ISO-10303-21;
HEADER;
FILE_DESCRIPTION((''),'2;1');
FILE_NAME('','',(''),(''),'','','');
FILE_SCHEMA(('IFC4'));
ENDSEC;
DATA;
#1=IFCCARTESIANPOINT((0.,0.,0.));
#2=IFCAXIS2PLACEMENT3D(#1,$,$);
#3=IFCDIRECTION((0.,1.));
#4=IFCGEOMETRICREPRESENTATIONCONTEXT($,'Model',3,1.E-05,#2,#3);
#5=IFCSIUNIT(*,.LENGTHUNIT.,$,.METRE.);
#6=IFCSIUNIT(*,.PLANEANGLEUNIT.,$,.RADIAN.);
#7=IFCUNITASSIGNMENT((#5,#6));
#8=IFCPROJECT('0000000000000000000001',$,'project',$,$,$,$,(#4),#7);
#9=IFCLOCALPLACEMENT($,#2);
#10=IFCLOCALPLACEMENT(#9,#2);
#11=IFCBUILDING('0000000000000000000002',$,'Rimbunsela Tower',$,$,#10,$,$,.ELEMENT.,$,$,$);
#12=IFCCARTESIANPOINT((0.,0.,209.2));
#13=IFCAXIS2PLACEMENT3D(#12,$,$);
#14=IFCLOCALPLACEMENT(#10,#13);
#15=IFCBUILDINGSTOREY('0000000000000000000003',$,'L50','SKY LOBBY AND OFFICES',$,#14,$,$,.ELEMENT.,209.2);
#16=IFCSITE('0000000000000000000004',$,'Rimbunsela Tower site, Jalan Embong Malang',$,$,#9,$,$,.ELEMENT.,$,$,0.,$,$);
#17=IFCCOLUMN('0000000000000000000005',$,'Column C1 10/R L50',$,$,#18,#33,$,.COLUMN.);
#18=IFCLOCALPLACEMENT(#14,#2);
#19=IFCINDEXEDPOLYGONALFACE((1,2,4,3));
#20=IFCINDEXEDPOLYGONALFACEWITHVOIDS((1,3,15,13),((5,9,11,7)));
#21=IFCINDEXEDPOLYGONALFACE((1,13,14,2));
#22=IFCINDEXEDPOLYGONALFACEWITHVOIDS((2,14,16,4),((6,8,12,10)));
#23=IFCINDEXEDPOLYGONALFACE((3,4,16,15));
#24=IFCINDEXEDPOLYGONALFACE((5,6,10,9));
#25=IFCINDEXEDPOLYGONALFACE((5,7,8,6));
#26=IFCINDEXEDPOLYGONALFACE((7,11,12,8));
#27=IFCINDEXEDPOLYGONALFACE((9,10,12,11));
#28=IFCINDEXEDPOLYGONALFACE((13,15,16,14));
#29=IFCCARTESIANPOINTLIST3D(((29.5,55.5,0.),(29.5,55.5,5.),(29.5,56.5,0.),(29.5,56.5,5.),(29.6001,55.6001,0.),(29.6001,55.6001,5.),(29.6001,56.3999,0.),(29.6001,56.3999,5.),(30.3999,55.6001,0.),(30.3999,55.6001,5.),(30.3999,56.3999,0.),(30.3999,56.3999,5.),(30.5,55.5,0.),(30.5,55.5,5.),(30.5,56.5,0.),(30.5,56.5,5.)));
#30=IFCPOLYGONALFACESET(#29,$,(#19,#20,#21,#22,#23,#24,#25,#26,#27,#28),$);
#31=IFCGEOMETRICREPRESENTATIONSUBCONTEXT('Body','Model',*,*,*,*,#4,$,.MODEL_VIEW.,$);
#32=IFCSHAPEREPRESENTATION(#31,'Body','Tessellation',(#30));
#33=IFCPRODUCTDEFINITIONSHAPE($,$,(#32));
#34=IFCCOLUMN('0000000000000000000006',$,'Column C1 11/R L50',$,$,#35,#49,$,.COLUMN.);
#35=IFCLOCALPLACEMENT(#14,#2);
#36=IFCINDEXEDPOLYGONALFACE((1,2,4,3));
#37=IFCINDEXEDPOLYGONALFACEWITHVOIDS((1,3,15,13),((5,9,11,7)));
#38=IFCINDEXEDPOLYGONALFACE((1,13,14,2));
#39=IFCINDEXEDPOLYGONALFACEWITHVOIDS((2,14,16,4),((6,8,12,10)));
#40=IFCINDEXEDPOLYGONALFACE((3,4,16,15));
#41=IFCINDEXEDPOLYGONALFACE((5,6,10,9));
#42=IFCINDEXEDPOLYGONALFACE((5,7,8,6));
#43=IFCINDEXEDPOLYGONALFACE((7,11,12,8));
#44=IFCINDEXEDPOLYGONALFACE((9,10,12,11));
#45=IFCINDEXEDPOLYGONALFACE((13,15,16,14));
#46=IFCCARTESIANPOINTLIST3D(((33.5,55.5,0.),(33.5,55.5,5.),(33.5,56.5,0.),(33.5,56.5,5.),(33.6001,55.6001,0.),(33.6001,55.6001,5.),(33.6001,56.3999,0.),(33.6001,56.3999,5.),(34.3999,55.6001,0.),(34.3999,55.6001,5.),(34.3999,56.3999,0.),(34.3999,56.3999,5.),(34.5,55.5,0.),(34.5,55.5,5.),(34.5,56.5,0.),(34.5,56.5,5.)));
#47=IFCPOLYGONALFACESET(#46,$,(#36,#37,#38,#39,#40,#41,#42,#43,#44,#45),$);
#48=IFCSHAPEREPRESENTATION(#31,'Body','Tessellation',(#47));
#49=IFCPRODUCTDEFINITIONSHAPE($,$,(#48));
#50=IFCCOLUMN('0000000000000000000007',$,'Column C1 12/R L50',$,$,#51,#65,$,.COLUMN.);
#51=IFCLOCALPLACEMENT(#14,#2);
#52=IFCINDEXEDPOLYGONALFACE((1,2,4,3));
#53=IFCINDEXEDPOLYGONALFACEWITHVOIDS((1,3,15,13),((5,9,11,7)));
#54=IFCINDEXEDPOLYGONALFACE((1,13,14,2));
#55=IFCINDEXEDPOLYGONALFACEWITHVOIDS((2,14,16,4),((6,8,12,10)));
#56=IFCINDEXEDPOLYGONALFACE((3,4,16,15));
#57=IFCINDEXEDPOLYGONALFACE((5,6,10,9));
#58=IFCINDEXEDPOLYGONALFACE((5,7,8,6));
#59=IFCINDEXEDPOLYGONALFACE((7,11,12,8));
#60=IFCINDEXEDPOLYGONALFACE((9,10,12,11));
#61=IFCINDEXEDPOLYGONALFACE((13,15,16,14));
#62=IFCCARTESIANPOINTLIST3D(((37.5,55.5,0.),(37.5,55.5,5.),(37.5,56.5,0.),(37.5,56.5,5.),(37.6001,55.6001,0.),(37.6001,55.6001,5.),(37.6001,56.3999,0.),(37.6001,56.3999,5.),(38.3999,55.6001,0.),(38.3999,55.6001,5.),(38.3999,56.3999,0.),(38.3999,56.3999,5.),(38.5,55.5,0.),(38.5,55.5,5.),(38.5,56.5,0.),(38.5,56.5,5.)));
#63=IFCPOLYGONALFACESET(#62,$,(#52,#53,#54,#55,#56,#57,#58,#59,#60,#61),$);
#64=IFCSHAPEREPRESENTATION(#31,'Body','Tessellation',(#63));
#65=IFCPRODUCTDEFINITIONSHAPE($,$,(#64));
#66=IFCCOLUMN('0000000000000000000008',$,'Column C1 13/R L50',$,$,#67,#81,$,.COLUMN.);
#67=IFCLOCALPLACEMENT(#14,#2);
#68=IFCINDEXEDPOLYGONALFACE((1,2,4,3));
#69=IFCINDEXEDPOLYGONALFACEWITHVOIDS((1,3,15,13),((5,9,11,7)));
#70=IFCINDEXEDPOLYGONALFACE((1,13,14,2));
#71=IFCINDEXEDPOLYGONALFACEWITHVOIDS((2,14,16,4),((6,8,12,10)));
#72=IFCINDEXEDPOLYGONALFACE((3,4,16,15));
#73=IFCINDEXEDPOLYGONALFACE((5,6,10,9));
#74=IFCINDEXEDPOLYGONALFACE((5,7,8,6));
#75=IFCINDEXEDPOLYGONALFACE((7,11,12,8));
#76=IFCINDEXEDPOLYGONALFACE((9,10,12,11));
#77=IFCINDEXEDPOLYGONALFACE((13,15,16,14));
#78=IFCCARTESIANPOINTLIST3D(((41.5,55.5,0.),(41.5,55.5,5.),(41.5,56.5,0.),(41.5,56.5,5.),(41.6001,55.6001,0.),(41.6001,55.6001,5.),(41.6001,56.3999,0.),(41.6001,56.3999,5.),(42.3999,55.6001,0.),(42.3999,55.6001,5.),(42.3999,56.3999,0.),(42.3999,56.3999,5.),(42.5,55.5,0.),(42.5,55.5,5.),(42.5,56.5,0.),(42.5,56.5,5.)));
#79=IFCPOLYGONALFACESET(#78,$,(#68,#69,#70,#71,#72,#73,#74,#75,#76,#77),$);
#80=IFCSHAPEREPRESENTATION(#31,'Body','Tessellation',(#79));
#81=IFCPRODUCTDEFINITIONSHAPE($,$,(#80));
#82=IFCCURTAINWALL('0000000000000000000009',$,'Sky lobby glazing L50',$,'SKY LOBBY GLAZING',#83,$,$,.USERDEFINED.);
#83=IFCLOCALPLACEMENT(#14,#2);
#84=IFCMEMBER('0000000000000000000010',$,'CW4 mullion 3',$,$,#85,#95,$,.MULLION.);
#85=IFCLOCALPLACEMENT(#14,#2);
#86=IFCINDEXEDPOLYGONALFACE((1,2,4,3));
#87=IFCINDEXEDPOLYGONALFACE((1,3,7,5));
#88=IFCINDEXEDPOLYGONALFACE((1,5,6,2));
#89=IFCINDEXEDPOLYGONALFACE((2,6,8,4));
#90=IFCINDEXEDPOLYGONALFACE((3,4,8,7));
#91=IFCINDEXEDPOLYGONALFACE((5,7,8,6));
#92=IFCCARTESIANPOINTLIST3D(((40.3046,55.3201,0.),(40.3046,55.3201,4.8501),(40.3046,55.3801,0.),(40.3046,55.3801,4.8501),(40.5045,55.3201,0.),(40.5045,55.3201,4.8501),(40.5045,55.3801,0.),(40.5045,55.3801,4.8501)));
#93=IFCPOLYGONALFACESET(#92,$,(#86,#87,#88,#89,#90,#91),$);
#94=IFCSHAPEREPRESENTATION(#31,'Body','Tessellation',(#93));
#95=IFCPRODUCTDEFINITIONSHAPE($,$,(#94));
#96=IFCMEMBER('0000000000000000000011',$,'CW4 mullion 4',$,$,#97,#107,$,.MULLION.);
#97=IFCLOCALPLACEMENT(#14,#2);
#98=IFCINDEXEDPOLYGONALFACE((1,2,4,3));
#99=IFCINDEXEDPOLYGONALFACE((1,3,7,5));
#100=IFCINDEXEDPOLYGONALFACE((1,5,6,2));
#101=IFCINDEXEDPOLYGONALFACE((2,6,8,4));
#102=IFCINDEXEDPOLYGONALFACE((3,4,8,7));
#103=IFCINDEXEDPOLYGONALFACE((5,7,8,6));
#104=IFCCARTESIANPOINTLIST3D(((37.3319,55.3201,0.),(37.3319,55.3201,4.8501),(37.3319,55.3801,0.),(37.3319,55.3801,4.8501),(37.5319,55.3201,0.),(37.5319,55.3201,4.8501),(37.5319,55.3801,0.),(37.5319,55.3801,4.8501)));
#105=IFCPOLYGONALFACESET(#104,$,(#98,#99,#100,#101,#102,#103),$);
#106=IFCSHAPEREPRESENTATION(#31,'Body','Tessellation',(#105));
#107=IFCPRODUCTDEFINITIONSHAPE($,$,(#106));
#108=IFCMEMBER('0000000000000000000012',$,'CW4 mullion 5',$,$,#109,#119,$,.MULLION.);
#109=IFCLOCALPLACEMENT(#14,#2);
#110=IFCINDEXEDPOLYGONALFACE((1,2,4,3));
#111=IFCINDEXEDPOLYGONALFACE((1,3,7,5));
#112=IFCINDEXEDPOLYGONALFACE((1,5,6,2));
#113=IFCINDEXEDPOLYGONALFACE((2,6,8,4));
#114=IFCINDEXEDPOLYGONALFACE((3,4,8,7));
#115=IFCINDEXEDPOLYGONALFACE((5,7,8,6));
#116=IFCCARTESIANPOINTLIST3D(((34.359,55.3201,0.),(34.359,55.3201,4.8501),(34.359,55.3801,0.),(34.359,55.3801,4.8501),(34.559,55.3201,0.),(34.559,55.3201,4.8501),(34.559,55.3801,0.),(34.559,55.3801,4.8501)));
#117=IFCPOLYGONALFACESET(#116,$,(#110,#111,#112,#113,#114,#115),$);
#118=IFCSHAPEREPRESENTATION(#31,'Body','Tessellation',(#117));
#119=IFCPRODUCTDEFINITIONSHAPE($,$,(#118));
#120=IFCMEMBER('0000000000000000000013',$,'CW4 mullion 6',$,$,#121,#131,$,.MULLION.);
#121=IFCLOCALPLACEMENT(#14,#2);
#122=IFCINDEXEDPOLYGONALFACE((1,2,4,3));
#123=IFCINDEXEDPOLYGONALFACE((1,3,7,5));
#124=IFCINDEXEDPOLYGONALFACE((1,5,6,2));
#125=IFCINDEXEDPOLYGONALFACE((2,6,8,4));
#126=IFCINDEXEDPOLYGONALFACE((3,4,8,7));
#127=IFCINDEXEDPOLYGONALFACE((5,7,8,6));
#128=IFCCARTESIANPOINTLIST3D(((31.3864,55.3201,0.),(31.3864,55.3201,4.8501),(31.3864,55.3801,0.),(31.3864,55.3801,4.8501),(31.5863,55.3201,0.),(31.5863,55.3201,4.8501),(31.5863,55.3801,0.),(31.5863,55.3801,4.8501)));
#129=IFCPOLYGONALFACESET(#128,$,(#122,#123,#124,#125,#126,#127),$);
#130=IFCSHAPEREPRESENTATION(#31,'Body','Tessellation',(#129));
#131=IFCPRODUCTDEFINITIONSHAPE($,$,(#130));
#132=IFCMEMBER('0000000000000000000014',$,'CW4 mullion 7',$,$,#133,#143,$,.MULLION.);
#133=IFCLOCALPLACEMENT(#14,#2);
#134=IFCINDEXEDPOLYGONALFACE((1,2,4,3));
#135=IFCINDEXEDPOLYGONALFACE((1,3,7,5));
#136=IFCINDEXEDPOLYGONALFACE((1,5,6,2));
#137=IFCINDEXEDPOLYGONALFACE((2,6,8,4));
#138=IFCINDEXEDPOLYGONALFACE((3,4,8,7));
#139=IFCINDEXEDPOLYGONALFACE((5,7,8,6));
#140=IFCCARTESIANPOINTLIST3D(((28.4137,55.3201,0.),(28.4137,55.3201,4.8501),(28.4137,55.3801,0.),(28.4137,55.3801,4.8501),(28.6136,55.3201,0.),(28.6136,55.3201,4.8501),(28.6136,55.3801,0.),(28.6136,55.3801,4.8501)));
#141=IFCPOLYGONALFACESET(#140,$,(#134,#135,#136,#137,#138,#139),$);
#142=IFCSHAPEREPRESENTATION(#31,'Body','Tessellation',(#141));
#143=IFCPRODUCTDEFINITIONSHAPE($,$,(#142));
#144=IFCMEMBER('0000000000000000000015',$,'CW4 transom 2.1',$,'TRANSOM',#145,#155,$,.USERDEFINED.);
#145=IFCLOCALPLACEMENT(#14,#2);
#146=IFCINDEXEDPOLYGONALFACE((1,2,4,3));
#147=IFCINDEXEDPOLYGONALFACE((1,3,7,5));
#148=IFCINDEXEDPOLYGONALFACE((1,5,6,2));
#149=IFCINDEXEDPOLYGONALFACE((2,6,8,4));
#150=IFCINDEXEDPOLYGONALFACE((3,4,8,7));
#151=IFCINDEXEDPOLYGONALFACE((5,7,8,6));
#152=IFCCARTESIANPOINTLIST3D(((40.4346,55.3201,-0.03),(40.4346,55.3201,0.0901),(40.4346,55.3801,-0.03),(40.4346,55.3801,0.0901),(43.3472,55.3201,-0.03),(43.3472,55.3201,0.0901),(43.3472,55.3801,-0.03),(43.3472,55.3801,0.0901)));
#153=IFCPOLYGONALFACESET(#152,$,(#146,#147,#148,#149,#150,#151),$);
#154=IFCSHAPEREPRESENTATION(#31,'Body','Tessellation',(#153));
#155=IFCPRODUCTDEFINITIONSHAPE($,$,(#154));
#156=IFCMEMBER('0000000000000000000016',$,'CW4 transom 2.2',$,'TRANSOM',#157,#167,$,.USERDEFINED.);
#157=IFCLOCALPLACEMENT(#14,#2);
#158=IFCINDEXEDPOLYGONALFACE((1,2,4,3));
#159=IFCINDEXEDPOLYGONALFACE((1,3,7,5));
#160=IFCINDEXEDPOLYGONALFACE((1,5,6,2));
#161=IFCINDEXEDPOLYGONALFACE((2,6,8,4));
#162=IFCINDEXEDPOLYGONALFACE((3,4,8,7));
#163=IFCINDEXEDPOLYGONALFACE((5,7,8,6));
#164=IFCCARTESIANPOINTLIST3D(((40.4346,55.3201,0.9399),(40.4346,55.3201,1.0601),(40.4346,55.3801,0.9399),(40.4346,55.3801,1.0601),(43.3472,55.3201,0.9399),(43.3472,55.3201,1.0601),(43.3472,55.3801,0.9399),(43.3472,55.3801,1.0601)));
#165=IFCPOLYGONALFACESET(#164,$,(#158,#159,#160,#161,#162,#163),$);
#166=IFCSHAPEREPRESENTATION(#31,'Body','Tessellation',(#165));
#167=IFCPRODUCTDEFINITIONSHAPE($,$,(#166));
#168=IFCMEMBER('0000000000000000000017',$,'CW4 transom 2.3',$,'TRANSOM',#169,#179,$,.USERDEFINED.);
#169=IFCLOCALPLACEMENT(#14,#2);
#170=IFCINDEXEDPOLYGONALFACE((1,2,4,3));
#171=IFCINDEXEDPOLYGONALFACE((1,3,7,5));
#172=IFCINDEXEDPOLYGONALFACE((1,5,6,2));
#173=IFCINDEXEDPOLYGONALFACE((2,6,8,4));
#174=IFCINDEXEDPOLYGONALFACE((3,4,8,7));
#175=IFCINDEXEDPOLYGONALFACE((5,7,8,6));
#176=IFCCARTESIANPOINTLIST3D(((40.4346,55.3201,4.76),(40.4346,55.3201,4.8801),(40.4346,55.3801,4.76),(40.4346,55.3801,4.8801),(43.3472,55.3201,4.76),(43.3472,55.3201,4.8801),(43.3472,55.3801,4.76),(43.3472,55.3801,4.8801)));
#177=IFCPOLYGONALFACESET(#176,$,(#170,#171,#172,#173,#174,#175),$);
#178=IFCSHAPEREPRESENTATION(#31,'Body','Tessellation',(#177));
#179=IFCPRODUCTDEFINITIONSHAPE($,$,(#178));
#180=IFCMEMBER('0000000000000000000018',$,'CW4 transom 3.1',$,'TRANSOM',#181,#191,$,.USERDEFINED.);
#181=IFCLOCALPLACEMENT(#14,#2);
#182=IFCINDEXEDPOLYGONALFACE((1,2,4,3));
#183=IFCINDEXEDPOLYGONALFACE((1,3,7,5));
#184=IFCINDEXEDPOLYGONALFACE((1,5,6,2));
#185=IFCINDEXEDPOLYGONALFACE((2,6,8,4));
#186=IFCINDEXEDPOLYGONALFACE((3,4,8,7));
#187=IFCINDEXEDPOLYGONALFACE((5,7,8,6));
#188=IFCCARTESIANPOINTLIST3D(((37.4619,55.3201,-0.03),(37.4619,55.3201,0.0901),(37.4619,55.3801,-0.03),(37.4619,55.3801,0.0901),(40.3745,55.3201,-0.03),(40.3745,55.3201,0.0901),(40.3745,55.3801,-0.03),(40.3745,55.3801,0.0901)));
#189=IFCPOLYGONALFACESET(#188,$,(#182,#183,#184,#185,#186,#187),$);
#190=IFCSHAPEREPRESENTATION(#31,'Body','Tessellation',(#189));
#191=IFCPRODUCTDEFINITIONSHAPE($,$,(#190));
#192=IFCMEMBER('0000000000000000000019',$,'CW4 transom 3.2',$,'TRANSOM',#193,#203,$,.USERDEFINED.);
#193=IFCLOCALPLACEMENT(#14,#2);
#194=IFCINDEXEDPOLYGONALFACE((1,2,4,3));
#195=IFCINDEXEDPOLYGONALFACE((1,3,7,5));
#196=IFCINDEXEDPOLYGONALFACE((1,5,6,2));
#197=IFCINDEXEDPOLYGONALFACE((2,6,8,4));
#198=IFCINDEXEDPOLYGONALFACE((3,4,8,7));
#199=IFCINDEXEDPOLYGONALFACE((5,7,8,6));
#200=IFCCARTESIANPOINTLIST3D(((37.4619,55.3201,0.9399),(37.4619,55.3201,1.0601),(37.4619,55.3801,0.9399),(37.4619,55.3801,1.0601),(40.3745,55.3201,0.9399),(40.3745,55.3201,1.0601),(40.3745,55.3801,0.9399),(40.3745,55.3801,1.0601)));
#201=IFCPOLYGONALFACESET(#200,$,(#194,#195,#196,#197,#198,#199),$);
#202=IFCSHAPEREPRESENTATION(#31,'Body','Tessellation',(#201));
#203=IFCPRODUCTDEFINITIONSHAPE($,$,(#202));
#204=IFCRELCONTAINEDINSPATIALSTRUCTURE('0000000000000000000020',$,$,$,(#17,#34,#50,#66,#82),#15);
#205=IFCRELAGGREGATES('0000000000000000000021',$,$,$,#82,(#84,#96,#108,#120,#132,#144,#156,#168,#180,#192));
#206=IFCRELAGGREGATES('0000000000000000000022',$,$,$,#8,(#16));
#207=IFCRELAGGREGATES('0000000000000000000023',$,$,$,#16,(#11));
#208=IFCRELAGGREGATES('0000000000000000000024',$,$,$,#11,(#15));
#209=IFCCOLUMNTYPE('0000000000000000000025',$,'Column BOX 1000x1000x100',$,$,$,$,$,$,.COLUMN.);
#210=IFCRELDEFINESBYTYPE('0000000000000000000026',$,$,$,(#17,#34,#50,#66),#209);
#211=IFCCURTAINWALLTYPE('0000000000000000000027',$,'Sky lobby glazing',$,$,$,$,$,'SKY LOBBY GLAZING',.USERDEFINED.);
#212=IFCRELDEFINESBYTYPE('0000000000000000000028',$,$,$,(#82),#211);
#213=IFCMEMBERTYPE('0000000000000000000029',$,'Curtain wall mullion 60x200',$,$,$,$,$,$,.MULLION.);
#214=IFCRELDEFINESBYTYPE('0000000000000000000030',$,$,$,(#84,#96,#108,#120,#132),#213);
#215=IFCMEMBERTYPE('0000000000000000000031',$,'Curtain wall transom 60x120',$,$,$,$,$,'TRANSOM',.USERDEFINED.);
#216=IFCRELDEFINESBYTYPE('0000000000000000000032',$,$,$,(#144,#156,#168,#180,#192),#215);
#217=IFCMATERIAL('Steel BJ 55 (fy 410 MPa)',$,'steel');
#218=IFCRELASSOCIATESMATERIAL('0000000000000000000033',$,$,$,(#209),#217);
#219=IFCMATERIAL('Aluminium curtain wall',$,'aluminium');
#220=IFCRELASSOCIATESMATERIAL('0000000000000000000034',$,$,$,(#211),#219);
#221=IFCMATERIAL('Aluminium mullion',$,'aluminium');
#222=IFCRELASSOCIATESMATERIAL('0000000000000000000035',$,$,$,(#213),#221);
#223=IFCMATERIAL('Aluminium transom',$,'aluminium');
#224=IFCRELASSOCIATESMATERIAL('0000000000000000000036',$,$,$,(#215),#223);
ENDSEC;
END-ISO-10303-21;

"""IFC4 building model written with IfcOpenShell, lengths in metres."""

from ifc_helpers import new_model, si_unit, direction, frame, origin, origin_2d, place, context, subcontext, project, spatial, rectangle, hollow_rectangle, extrude, material, material_profile, profile_set, type_object, element, aggregate, save


model = new_model("IFC4")

# Units and contexts
model_context = context("Model", 3, precision=1e-05, world=origin(), true_north=direction((0.0, 1.0)))
body_context = subcontext(model_context, "Body", "Model", "MODEL_VIEW")
ifc_project = project(units=[si_unit("LENGTHUNIT", "METRE"), si_unit("PLANEANGLEUNIT", "RADIAN")], contexts=[model_context])

# Site, building, storey
site_placement = place(None, origin())
site = spatial("IfcSite", under=ifc_project, at=site_placement, Name="Rimbunsela Tower site, Jalan Embong Malang", CompositionType="ELEMENT", RefElevation=0.0)
building_placement = place(site_placement, origin())
building = spatial("IfcBuilding", under=site, at=building_placement, Name="Rimbunsela Tower", CompositionType="ELEMENT")
storey_placement = place(building_placement, frame((0.0, 0.0, 209.2)))
storey = spatial("IfcBuildingStorey", under=building, at=storey_placement, Name="L50", Description="SKY LOBBY AND OFFICES", CompositionType="ELEMENT", Elevation=209.2)

# Columns
ifc_material_1 = material(Name="Steel BJ 55 (fy 410 MPa)", Category="steel")
ifc_material_profile_1 = material_profile(ifc_material_1, hollow_rectangle(XDim=1.0, YDim=1.0, WallThickness=0.1001, at=origin_2d()), Name="BOX 1000x1000x100")
ifc_profile_set_1 = profile_set([ifc_material_profile_1], Name="Steel BJ 55 (fy 410 MPa)")
column_type = type_object("IfcColumnType", Name="Column BOX 1000x1000x100", PredefinedType="COLUMN", material=ifc_profile_set_1)
for number, where, z_axis, x_axis, name in (
    (1, (30.0, 56.0, 0.0), (0.0, 0.0, 1.0), (1.0, 0.0, 0.0), "Column C1 10/R L50"),
    (2, (34.0, 56.0, 0.0), (0.0, 0.0, 1.0), (1.0, 0.0, 0.0), "Column C1 11/R L50"),
    (3, (38.0, 56.0, 0.0), (0.0, 0.0, 1.0), (1.0, 0.0, 0.0), "Column C1 12/R L50"),
    (4, (42.0, 56.0, 0.0), (0.0, 0.0, 1.0), (1.0, 0.0, 0.0), "Column C1 13/R L50"),
):
    element("IfcColumn", number, at=place(storey_placement, frame(where, z_axis=z_axis, x_axis=x_axis)), inside=storey, type_object=column_type, Name=name, PredefinedType="COLUMN", context=body_context, shape_type="SweptSolid", body=[
        extrude(hollow_rectangle(XDim=1.0, YDim=1.0, WallThickness=0.1001, at=origin_2d()), origin(), (0.0, 0.0, 1.0), 5.0),
    ])

# Curtain wall, members
ifc_material_2 = material(Name="Aluminium curtain wall", Category="aluminium")
curtain_wall_type = type_object("IfcCurtainWallType", Name="Sky lobby glazing", ElementType="SKY LOBBY GLAZING", PredefinedType="USERDEFINED", material=ifc_material_2)
curtain_wall_placement = place(storey_placement, origin())
curtain_wall = element("IfcCurtainWall", 5, at=curtain_wall_placement, inside=storey, type_object=curtain_wall_type, Name="Sky lobby glazing L50", ObjectType="SKY LOBBY GLAZING", PredefinedType="USERDEFINED")
ifc_material_3 = material(Name="Aluminium mullion", Category="aluminium")
ifc_material_profile_2 = material_profile(ifc_material_3, rectangle(XDim=0.0601, YDim=0.2, at=origin_2d()), Name="Mullion 60x200")
ifc_profile_set_2 = profile_set([ifc_material_profile_2], Name="Aluminium mullion")
member_type_1 = type_object("IfcMemberType", Name="Curtain wall mullion 60x200", PredefinedType="MULLION", material=ifc_profile_set_2)
member_1_placement = place(storey_placement, frame((40.4045, 55.3501, 0.0), z_axis=(0.0, 0.0, 1.0), x_axis=(0.0, -1.0, 0.0)))
member_1 = element("IfcMember", 6, at=member_1_placement, type_object=member_type_1, Name="CW4 mullion 3", PredefinedType="MULLION", context=body_context, shape_type="SweptSolid", body=[
    extrude(rectangle(XDim=0.0601, YDim=0.2, at=origin_2d()), origin(), (0.0, 0.0, 1.0), 4.8501),
])
member_2_placement = place(storey_placement, frame((37.4319, 55.3501, 0.0), z_axis=(0.0, 0.0, 1.0), x_axis=(0.0, -1.0, 0.0)))
member_2 = element("IfcMember", 7, at=member_2_placement, type_object=member_type_1, Name="CW4 mullion 4", PredefinedType="MULLION", context=body_context, shape_type="SweptSolid", body=[
    extrude(rectangle(XDim=0.0601, YDim=0.2, at=origin_2d()), origin(), (0.0, 0.0, 1.0), 4.8501),
])
member_3_placement = place(storey_placement, frame((34.459, 55.3501, 0.0), z_axis=(0.0, 0.0, 1.0), x_axis=(0.0, -1.0, 0.0)))
member_3 = element("IfcMember", 8, at=member_3_placement, type_object=member_type_1, Name="CW4 mullion 5", PredefinedType="MULLION", context=body_context, shape_type="SweptSolid", body=[
    extrude(rectangle(XDim=0.0601, YDim=0.2, at=origin_2d()), origin(), (0.0, 0.0, 1.0), 4.8501),
])
member_4_placement = place(storey_placement, frame((31.4863, 55.3501, 0.0), z_axis=(0.0, 0.0, 1.0), x_axis=(0.0, -1.0, 0.0)))
member_4 = element("IfcMember", 9, at=member_4_placement, type_object=member_type_1, Name="CW4 mullion 6", PredefinedType="MULLION", context=body_context, shape_type="SweptSolid", body=[
    extrude(rectangle(XDim=0.0601, YDim=0.2, at=origin_2d()), origin(), (0.0, 0.0, 1.0), 4.8501),
])
member_5_placement = place(storey_placement, frame((28.5137, 55.3501, 0.0), z_axis=(0.0, 0.0, 1.0), x_axis=(0.0, -1.0, 0.0)))
member_5 = element("IfcMember", 10, at=member_5_placement, type_object=member_type_1, Name="CW4 mullion 7", PredefinedType="MULLION", context=body_context, shape_type="SweptSolid", body=[
    extrude(rectangle(XDim=0.0601, YDim=0.2, at=origin_2d()), origin(), (0.0, 0.0, 1.0), 4.8501),
])
ifc_material_4 = material(Name="Aluminium transom", Category="aluminium")
ifc_material_profile_3 = material_profile(ifc_material_4, rectangle(XDim=0.0601, YDim=0.1201, at=origin_2d()), Name="Transom 60x120")
ifc_profile_set_3 = profile_set([ifc_material_profile_3], Name="Aluminium transom")
member_type_2 = type_object("IfcMemberType", Name="Curtain wall transom 60x120", ElementType="TRANSOM", PredefinedType="USERDEFINED", material=ifc_profile_set_3)
member_6_placement = place(storey_placement, frame((43.3472, 55.3501, 0.03), z_axis=(-1.0, 0.0, 0.0), x_axis=(0.0, -1.0, 0.0)))
member_6 = element("IfcMember", 11, at=member_6_placement, type_object=member_type_2, Name="CW4 transom 2.1", ObjectType="TRANSOM", PredefinedType="USERDEFINED", context=body_context, shape_type="SweptSolid", body=[
    extrude(rectangle(XDim=0.0601, YDim=0.1201, at=origin_2d()), origin(), (0.0, 0.0, 1.0), 2.9126),
])
member_7_placement = place(storey_placement, frame((43.3472, 55.3501, 1.0), z_axis=(-1.0, 0.0, 0.0), x_axis=(0.0, -1.0, 0.0)))
member_7 = element("IfcMember", 12, at=member_7_placement, type_object=member_type_2, Name="CW4 transom 2.2", ObjectType="TRANSOM", PredefinedType="USERDEFINED", context=body_context, shape_type="SweptSolid", body=[
    extrude(rectangle(XDim=0.0601, YDim=0.1201, at=origin_2d()), origin(), (0.0, 0.0, 1.0), 2.9126),
])
member_8_placement = place(storey_placement, frame((43.3472, 55.3501, 4.8201), z_axis=(-1.0, 0.0, 0.0), x_axis=(0.0, -1.0, 0.0)))
member_8 = element("IfcMember", 13, at=member_8_placement, type_object=member_type_2, Name="CW4 transom 2.3", ObjectType="TRANSOM", PredefinedType="USERDEFINED", context=body_context, shape_type="SweptSolid", body=[
    extrude(rectangle(XDim=0.0601, YDim=0.1201, at=origin_2d()), origin(), (0.0, 0.0, 1.0), 2.9126),
])
member_9_placement = place(storey_placement, frame((40.3745, 55.3501, 0.03), z_axis=(-1.0, 0.0, 0.0), x_axis=(0.0, -1.0, 0.0)))
member_9 = element("IfcMember", 14, at=member_9_placement, type_object=member_type_2, Name="CW4 transom 3.1", ObjectType="TRANSOM", PredefinedType="USERDEFINED", context=body_context, shape_type="SweptSolid", body=[
    extrude(rectangle(XDim=0.0601, YDim=0.1201, at=origin_2d()), origin(), (0.0, 0.0, 1.0), 2.9126),
])
member_10_placement = place(storey_placement, frame((40.3745, 55.3501, 1.0), z_axis=(-1.0, 0.0, 0.0), x_axis=(0.0, -1.0, 0.0)))
member_10 = element("IfcMember", 15, at=member_10_placement, type_object=member_type_2, Name="CW4 transom 3.2", ObjectType="TRANSOM", PredefinedType="USERDEFINED", context=body_context, shape_type="SweptSolid", body=[
    extrude(rectangle(XDim=0.0601, YDim=0.1201, at=origin_2d()), origin(), (0.0, 0.0, 1.0), 2.9126),
])
aggregate(curtain_wall, [member_1, member_2, member_3, member_4, member_5, member_6, member_7, member_8, member_9, member_10])

save(model, "model.ifc")
